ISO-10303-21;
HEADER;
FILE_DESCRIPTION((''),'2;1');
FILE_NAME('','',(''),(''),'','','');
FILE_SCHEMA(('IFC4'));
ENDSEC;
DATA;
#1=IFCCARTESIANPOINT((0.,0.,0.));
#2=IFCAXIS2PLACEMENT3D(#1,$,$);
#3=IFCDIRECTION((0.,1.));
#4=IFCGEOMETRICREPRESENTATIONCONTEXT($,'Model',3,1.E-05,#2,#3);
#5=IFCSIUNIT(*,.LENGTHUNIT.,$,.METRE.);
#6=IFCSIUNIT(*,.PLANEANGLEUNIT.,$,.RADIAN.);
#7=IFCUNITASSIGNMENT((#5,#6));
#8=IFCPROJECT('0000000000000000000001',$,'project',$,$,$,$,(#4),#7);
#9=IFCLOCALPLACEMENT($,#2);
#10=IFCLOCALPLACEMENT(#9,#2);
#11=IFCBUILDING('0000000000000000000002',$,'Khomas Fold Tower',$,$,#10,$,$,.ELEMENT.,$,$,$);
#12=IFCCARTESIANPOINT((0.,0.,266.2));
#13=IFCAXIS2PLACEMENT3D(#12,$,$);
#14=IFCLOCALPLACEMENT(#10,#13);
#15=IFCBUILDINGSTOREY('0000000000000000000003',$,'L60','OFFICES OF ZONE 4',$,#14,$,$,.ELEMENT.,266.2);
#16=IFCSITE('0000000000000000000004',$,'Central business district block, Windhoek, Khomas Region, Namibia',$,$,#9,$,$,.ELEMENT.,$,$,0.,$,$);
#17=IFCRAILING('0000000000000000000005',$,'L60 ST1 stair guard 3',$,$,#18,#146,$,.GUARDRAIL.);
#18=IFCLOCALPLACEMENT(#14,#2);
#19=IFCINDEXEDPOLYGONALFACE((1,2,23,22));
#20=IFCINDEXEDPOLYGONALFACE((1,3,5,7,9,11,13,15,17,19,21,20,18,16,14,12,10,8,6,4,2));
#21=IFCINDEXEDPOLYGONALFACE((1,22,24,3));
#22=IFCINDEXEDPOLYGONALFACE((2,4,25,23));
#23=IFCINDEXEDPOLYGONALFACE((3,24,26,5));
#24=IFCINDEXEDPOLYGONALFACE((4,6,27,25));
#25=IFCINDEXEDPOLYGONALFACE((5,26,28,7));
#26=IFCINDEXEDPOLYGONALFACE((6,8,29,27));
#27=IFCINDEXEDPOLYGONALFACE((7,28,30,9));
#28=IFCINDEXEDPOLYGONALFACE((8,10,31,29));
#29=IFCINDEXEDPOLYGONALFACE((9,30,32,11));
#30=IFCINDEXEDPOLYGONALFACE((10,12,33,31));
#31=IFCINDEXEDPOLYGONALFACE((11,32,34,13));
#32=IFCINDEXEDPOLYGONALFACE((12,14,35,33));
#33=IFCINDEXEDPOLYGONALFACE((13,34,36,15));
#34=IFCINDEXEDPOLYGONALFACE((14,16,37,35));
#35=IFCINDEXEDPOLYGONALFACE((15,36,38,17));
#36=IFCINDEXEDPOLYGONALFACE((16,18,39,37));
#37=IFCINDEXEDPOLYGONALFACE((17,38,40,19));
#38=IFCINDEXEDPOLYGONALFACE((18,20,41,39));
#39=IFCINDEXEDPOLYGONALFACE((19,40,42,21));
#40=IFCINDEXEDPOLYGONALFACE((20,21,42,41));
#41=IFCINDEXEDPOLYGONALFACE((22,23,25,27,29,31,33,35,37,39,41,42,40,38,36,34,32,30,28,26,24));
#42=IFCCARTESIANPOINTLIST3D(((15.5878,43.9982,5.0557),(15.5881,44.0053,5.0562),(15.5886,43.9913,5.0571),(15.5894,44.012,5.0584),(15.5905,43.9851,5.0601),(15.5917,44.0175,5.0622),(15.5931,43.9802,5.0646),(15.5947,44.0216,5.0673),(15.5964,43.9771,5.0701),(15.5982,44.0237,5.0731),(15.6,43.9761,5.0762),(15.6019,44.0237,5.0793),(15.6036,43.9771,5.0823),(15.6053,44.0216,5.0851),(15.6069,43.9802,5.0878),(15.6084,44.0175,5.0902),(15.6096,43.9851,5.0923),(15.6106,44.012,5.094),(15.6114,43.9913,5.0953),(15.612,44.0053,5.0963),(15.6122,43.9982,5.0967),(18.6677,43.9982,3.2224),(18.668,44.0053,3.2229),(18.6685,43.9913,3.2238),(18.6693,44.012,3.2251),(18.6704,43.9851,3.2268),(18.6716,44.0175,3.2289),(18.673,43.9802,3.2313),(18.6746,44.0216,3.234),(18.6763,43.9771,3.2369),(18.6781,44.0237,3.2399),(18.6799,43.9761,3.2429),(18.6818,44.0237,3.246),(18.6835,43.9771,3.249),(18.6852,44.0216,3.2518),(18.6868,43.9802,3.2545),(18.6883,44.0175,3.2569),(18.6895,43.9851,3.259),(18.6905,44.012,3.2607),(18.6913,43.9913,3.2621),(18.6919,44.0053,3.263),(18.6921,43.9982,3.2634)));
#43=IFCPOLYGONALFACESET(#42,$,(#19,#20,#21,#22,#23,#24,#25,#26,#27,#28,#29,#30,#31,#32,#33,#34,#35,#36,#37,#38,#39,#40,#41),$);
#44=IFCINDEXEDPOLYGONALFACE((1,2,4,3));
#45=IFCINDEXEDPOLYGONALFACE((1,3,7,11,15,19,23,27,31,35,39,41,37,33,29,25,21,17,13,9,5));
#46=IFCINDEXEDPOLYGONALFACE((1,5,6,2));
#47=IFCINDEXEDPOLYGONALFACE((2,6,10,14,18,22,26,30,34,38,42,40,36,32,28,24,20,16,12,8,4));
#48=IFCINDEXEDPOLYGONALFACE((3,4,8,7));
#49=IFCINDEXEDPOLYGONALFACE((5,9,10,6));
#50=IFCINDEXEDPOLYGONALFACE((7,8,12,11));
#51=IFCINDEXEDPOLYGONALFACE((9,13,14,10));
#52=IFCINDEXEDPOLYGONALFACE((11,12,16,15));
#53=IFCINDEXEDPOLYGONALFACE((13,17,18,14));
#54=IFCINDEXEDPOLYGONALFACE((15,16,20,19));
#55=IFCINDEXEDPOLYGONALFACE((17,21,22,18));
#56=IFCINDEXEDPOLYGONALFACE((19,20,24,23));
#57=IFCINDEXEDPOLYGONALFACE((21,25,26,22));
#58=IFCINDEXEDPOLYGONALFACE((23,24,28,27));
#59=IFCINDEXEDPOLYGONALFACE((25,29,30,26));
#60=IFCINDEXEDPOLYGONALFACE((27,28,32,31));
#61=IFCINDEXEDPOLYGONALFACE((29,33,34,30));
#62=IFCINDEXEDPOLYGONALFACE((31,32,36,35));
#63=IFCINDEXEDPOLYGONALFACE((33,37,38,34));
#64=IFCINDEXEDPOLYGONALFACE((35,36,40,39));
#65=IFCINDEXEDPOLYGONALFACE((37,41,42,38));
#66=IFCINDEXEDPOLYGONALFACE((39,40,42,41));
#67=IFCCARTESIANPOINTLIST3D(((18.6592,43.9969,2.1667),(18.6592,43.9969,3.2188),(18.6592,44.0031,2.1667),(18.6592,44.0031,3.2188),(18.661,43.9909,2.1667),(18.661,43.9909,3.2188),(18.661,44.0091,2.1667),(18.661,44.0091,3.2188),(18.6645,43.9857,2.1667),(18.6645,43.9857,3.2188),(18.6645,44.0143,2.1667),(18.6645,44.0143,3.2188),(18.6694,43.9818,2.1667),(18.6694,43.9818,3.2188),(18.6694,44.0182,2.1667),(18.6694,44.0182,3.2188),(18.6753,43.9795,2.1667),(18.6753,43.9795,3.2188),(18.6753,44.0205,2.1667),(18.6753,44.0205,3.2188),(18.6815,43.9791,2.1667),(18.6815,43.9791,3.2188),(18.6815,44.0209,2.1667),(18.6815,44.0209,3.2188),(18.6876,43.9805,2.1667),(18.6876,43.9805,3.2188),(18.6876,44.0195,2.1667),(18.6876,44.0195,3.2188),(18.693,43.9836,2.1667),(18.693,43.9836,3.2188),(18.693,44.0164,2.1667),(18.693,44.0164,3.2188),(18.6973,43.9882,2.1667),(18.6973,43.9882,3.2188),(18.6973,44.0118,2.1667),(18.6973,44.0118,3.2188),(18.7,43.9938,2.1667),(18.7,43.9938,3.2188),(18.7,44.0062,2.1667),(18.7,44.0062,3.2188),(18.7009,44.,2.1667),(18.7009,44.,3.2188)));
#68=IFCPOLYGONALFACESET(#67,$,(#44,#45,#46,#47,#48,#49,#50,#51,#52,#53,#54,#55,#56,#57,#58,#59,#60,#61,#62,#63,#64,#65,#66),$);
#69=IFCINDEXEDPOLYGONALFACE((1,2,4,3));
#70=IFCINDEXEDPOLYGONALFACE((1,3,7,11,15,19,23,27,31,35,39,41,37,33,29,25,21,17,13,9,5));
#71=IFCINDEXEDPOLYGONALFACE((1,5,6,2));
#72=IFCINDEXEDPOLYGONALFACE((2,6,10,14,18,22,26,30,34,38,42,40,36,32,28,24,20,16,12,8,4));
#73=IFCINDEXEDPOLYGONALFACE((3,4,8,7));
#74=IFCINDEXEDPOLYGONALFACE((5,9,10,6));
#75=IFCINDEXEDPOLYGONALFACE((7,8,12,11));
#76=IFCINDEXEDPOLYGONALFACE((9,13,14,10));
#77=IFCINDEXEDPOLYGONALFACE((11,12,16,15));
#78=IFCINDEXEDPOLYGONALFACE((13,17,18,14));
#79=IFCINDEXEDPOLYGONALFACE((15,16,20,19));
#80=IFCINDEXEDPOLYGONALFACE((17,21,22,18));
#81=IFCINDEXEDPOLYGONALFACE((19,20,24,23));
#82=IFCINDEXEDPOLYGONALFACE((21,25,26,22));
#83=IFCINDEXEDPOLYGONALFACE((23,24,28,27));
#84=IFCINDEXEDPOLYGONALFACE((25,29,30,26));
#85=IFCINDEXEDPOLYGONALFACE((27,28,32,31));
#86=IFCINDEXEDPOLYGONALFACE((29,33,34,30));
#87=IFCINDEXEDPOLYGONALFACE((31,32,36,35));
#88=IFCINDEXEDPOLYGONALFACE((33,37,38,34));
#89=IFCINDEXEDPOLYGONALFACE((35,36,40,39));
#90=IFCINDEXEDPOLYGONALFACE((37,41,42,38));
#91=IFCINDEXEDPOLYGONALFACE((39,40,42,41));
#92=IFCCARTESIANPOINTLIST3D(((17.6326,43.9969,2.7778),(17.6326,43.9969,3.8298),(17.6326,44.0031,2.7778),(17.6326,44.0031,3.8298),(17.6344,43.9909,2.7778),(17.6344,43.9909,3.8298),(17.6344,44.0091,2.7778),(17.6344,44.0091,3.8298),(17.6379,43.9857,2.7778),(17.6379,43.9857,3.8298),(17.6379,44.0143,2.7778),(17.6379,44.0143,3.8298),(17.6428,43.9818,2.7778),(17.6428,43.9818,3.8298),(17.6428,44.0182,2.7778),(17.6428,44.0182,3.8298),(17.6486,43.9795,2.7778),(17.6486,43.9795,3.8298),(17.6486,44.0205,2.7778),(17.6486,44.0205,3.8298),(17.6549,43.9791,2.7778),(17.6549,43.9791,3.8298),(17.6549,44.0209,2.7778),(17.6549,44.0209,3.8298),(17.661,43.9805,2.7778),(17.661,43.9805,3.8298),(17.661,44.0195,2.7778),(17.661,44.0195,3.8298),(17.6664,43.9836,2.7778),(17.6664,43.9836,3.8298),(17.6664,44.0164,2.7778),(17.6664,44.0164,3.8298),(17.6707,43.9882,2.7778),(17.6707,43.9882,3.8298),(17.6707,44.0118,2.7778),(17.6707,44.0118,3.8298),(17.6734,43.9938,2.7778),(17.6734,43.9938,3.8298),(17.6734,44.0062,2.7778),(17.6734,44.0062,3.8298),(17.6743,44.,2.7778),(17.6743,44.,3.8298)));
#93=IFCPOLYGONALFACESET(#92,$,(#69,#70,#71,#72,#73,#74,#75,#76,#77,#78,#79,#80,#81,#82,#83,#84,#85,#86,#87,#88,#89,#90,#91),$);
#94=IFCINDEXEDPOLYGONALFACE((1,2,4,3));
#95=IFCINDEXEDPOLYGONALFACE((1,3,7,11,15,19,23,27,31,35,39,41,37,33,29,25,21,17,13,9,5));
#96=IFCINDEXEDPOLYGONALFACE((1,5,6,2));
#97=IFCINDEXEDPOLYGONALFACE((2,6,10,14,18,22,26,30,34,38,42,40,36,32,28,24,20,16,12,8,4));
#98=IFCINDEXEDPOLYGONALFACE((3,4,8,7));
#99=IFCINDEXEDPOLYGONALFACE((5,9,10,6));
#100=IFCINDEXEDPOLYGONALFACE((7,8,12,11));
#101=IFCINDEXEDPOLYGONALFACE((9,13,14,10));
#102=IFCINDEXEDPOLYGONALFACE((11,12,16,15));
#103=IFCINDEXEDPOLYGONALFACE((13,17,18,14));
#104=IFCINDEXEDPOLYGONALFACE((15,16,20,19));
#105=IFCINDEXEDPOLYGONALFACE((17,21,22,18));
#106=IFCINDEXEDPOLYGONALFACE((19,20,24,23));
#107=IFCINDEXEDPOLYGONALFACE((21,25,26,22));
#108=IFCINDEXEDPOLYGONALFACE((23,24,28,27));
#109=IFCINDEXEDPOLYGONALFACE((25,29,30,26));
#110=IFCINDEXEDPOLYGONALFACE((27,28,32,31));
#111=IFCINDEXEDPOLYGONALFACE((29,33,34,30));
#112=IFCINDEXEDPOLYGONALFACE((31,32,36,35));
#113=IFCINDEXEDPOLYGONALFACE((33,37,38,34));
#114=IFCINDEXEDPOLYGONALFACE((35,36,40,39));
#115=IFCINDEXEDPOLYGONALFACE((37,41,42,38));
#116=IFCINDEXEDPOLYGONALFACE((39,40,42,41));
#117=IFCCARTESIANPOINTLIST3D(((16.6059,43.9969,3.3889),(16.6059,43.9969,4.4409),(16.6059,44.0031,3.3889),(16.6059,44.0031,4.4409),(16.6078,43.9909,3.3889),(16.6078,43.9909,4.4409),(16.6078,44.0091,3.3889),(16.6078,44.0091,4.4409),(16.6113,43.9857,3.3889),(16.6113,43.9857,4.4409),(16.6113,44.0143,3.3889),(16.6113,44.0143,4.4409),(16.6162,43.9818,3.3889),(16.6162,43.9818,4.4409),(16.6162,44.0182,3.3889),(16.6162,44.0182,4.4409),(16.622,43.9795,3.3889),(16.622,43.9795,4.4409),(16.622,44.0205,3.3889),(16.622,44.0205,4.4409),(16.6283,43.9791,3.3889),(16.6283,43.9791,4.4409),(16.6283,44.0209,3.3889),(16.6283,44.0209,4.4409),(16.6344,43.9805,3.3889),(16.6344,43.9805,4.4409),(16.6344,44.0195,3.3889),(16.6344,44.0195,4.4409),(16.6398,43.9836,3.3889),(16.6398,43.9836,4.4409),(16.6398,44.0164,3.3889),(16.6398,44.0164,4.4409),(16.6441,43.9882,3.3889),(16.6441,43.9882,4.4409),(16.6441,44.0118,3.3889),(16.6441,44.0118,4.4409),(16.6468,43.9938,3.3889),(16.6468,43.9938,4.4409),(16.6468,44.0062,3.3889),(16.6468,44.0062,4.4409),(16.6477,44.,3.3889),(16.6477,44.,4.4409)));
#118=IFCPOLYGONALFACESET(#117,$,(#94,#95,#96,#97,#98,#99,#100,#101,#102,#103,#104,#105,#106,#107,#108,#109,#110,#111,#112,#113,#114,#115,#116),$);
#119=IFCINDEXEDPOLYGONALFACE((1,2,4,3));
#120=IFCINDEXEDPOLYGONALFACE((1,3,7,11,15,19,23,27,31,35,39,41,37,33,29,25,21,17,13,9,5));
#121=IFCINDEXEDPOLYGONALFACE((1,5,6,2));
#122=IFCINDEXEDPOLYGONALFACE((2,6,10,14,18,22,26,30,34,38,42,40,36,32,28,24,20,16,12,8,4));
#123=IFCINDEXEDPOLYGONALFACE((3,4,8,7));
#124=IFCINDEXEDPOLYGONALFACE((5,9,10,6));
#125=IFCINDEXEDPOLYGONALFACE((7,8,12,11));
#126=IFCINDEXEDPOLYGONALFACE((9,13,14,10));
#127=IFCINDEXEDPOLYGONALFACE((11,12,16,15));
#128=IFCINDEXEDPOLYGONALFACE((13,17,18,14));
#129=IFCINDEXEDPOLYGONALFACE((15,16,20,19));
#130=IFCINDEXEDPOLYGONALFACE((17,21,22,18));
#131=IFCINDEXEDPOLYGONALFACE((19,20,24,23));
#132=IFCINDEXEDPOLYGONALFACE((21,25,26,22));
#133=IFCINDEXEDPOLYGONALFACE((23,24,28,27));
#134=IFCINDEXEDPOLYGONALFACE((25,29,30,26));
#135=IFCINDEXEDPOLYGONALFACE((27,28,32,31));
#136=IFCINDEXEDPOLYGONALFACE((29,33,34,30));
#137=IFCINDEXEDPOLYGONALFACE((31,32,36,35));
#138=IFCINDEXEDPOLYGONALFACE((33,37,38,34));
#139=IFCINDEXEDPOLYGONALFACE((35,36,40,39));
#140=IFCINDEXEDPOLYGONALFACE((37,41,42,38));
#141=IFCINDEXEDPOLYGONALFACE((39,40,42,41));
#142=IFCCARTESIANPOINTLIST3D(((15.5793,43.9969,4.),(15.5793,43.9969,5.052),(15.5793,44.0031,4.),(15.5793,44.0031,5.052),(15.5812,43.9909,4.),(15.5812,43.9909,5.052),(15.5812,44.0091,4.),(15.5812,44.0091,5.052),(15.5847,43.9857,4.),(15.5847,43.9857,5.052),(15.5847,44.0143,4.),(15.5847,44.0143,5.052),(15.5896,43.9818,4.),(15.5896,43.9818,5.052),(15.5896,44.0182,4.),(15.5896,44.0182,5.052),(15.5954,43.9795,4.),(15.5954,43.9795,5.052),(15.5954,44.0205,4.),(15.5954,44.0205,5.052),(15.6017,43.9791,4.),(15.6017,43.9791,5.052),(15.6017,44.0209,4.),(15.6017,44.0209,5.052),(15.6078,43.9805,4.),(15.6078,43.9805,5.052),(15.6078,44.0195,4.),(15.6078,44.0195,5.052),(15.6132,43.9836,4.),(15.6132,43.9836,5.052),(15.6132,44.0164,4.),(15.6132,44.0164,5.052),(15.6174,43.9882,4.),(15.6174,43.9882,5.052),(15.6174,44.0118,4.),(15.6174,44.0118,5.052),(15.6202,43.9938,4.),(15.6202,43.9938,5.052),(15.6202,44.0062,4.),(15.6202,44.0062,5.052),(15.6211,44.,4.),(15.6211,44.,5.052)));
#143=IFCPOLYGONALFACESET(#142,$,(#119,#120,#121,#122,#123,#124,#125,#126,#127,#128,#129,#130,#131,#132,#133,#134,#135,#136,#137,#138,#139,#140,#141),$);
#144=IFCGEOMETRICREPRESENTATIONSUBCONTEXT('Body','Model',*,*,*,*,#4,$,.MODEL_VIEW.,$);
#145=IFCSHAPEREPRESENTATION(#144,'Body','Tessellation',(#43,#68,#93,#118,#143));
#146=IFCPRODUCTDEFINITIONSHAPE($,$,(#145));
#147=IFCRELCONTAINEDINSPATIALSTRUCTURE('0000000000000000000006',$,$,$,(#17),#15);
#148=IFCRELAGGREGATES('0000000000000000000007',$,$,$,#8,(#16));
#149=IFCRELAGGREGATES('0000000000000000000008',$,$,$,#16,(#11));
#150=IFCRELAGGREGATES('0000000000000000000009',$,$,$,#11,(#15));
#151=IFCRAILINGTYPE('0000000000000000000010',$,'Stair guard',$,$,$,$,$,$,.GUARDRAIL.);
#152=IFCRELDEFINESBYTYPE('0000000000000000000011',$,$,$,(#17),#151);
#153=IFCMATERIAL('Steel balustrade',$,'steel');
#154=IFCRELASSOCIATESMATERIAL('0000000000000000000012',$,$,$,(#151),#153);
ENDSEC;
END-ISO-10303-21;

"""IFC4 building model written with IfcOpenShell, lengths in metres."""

from ifc_helpers import new_model, si_unit, direction, frame, origin, origin_2d, place, context, subcontext, project, spatial, circle, extrude, source, transform, mapped, material, type_object, element, save


model = new_model("IFC4")

# Units and contexts
model_context = context("Model", 3, precision=1e-05, world=origin(), true_north=direction((0.0, 1.0)))
body_context = subcontext(model_context, "Body", "Model", "MODEL_VIEW")
ifc_project = project(units=[si_unit("LENGTHUNIT", "METRE"), si_unit("PLANEANGLEUNIT", "RADIAN")], contexts=[model_context])

# Site, building, storey
site_placement = place(None, origin())
site = spatial("IfcSite", under=ifc_project, at=site_placement, Name="Central business district block, Windhoek, Khomas Region, Namibia", CompositionType="ELEMENT", RefElevation=0.0)
building_placement = place(site_placement, origin())
building = spatial("IfcBuilding", under=site, at=building_placement, Name="Khomas Fold Tower", CompositionType="ELEMENT")
storey_placement = place(building_placement, frame((0.0, 0.0, 266.2)))
storey = spatial("IfcBuildingStorey", under=building, at=storey_placement, Name="L60", Description="OFFICES OF ZONE 4", CompositionType="ELEMENT", Elevation=266.2)

# Railing
ifc_material_1 = material(Name="Steel balustrade", Category="steel")
railing_type_1 = type_object("IfcRailingType", Name="Stair guard", PredefinedType="GUARDRAIL", material=ifc_material_1)
shared_shape_1 = source(origin(), body_context, "Body", "SweptSolid", [
    extrude(circle(Radius=0.0239, at=origin_2d()), frame((0.0, 0.0, 1.0762), z_axis=(-0.859291, 0.0, 0.511487), x_axis=(0.0, -1.0, 0.0)), (0.0, 0.0, 1.0), 3.5842),
    extrude(circle(Radius=0.021, at=origin_2d()), origin(), (0.0, 0.0, 1.0), 1.052),
    extrude(circle(Radius=0.021, at=origin_2d()), frame((-1.0266, 0.0, 0.6111)), (0.0, 0.0, 1.0), 1.052),
    extrude(circle(Radius=0.021, at=origin_2d()), frame((-2.0532, 0.0, 1.2222)), (0.0, 0.0, 1.0), 1.052),
    extrude(circle(Radius=0.021, at=origin_2d()), frame((-3.0798, 0.0, 1.8333)), (0.0, 0.0, 1.0), 1.052),
])
railing_1_placement = place(storey_placement, frame((18.6799, 44.0, 2.1667)))
element("IfcRailing", 1, at=railing_1_placement, inside=storey, type_object=railing_type_1, Name="L60 ST1 stair guard 3", PredefinedType="GUARDRAIL", context=body_context, shape_type="MappedRepresentation", body=[
    mapped(shared_shape_1, transform((0.0, 0.0, 0.0))),
])

save(model, "model.ifc")
